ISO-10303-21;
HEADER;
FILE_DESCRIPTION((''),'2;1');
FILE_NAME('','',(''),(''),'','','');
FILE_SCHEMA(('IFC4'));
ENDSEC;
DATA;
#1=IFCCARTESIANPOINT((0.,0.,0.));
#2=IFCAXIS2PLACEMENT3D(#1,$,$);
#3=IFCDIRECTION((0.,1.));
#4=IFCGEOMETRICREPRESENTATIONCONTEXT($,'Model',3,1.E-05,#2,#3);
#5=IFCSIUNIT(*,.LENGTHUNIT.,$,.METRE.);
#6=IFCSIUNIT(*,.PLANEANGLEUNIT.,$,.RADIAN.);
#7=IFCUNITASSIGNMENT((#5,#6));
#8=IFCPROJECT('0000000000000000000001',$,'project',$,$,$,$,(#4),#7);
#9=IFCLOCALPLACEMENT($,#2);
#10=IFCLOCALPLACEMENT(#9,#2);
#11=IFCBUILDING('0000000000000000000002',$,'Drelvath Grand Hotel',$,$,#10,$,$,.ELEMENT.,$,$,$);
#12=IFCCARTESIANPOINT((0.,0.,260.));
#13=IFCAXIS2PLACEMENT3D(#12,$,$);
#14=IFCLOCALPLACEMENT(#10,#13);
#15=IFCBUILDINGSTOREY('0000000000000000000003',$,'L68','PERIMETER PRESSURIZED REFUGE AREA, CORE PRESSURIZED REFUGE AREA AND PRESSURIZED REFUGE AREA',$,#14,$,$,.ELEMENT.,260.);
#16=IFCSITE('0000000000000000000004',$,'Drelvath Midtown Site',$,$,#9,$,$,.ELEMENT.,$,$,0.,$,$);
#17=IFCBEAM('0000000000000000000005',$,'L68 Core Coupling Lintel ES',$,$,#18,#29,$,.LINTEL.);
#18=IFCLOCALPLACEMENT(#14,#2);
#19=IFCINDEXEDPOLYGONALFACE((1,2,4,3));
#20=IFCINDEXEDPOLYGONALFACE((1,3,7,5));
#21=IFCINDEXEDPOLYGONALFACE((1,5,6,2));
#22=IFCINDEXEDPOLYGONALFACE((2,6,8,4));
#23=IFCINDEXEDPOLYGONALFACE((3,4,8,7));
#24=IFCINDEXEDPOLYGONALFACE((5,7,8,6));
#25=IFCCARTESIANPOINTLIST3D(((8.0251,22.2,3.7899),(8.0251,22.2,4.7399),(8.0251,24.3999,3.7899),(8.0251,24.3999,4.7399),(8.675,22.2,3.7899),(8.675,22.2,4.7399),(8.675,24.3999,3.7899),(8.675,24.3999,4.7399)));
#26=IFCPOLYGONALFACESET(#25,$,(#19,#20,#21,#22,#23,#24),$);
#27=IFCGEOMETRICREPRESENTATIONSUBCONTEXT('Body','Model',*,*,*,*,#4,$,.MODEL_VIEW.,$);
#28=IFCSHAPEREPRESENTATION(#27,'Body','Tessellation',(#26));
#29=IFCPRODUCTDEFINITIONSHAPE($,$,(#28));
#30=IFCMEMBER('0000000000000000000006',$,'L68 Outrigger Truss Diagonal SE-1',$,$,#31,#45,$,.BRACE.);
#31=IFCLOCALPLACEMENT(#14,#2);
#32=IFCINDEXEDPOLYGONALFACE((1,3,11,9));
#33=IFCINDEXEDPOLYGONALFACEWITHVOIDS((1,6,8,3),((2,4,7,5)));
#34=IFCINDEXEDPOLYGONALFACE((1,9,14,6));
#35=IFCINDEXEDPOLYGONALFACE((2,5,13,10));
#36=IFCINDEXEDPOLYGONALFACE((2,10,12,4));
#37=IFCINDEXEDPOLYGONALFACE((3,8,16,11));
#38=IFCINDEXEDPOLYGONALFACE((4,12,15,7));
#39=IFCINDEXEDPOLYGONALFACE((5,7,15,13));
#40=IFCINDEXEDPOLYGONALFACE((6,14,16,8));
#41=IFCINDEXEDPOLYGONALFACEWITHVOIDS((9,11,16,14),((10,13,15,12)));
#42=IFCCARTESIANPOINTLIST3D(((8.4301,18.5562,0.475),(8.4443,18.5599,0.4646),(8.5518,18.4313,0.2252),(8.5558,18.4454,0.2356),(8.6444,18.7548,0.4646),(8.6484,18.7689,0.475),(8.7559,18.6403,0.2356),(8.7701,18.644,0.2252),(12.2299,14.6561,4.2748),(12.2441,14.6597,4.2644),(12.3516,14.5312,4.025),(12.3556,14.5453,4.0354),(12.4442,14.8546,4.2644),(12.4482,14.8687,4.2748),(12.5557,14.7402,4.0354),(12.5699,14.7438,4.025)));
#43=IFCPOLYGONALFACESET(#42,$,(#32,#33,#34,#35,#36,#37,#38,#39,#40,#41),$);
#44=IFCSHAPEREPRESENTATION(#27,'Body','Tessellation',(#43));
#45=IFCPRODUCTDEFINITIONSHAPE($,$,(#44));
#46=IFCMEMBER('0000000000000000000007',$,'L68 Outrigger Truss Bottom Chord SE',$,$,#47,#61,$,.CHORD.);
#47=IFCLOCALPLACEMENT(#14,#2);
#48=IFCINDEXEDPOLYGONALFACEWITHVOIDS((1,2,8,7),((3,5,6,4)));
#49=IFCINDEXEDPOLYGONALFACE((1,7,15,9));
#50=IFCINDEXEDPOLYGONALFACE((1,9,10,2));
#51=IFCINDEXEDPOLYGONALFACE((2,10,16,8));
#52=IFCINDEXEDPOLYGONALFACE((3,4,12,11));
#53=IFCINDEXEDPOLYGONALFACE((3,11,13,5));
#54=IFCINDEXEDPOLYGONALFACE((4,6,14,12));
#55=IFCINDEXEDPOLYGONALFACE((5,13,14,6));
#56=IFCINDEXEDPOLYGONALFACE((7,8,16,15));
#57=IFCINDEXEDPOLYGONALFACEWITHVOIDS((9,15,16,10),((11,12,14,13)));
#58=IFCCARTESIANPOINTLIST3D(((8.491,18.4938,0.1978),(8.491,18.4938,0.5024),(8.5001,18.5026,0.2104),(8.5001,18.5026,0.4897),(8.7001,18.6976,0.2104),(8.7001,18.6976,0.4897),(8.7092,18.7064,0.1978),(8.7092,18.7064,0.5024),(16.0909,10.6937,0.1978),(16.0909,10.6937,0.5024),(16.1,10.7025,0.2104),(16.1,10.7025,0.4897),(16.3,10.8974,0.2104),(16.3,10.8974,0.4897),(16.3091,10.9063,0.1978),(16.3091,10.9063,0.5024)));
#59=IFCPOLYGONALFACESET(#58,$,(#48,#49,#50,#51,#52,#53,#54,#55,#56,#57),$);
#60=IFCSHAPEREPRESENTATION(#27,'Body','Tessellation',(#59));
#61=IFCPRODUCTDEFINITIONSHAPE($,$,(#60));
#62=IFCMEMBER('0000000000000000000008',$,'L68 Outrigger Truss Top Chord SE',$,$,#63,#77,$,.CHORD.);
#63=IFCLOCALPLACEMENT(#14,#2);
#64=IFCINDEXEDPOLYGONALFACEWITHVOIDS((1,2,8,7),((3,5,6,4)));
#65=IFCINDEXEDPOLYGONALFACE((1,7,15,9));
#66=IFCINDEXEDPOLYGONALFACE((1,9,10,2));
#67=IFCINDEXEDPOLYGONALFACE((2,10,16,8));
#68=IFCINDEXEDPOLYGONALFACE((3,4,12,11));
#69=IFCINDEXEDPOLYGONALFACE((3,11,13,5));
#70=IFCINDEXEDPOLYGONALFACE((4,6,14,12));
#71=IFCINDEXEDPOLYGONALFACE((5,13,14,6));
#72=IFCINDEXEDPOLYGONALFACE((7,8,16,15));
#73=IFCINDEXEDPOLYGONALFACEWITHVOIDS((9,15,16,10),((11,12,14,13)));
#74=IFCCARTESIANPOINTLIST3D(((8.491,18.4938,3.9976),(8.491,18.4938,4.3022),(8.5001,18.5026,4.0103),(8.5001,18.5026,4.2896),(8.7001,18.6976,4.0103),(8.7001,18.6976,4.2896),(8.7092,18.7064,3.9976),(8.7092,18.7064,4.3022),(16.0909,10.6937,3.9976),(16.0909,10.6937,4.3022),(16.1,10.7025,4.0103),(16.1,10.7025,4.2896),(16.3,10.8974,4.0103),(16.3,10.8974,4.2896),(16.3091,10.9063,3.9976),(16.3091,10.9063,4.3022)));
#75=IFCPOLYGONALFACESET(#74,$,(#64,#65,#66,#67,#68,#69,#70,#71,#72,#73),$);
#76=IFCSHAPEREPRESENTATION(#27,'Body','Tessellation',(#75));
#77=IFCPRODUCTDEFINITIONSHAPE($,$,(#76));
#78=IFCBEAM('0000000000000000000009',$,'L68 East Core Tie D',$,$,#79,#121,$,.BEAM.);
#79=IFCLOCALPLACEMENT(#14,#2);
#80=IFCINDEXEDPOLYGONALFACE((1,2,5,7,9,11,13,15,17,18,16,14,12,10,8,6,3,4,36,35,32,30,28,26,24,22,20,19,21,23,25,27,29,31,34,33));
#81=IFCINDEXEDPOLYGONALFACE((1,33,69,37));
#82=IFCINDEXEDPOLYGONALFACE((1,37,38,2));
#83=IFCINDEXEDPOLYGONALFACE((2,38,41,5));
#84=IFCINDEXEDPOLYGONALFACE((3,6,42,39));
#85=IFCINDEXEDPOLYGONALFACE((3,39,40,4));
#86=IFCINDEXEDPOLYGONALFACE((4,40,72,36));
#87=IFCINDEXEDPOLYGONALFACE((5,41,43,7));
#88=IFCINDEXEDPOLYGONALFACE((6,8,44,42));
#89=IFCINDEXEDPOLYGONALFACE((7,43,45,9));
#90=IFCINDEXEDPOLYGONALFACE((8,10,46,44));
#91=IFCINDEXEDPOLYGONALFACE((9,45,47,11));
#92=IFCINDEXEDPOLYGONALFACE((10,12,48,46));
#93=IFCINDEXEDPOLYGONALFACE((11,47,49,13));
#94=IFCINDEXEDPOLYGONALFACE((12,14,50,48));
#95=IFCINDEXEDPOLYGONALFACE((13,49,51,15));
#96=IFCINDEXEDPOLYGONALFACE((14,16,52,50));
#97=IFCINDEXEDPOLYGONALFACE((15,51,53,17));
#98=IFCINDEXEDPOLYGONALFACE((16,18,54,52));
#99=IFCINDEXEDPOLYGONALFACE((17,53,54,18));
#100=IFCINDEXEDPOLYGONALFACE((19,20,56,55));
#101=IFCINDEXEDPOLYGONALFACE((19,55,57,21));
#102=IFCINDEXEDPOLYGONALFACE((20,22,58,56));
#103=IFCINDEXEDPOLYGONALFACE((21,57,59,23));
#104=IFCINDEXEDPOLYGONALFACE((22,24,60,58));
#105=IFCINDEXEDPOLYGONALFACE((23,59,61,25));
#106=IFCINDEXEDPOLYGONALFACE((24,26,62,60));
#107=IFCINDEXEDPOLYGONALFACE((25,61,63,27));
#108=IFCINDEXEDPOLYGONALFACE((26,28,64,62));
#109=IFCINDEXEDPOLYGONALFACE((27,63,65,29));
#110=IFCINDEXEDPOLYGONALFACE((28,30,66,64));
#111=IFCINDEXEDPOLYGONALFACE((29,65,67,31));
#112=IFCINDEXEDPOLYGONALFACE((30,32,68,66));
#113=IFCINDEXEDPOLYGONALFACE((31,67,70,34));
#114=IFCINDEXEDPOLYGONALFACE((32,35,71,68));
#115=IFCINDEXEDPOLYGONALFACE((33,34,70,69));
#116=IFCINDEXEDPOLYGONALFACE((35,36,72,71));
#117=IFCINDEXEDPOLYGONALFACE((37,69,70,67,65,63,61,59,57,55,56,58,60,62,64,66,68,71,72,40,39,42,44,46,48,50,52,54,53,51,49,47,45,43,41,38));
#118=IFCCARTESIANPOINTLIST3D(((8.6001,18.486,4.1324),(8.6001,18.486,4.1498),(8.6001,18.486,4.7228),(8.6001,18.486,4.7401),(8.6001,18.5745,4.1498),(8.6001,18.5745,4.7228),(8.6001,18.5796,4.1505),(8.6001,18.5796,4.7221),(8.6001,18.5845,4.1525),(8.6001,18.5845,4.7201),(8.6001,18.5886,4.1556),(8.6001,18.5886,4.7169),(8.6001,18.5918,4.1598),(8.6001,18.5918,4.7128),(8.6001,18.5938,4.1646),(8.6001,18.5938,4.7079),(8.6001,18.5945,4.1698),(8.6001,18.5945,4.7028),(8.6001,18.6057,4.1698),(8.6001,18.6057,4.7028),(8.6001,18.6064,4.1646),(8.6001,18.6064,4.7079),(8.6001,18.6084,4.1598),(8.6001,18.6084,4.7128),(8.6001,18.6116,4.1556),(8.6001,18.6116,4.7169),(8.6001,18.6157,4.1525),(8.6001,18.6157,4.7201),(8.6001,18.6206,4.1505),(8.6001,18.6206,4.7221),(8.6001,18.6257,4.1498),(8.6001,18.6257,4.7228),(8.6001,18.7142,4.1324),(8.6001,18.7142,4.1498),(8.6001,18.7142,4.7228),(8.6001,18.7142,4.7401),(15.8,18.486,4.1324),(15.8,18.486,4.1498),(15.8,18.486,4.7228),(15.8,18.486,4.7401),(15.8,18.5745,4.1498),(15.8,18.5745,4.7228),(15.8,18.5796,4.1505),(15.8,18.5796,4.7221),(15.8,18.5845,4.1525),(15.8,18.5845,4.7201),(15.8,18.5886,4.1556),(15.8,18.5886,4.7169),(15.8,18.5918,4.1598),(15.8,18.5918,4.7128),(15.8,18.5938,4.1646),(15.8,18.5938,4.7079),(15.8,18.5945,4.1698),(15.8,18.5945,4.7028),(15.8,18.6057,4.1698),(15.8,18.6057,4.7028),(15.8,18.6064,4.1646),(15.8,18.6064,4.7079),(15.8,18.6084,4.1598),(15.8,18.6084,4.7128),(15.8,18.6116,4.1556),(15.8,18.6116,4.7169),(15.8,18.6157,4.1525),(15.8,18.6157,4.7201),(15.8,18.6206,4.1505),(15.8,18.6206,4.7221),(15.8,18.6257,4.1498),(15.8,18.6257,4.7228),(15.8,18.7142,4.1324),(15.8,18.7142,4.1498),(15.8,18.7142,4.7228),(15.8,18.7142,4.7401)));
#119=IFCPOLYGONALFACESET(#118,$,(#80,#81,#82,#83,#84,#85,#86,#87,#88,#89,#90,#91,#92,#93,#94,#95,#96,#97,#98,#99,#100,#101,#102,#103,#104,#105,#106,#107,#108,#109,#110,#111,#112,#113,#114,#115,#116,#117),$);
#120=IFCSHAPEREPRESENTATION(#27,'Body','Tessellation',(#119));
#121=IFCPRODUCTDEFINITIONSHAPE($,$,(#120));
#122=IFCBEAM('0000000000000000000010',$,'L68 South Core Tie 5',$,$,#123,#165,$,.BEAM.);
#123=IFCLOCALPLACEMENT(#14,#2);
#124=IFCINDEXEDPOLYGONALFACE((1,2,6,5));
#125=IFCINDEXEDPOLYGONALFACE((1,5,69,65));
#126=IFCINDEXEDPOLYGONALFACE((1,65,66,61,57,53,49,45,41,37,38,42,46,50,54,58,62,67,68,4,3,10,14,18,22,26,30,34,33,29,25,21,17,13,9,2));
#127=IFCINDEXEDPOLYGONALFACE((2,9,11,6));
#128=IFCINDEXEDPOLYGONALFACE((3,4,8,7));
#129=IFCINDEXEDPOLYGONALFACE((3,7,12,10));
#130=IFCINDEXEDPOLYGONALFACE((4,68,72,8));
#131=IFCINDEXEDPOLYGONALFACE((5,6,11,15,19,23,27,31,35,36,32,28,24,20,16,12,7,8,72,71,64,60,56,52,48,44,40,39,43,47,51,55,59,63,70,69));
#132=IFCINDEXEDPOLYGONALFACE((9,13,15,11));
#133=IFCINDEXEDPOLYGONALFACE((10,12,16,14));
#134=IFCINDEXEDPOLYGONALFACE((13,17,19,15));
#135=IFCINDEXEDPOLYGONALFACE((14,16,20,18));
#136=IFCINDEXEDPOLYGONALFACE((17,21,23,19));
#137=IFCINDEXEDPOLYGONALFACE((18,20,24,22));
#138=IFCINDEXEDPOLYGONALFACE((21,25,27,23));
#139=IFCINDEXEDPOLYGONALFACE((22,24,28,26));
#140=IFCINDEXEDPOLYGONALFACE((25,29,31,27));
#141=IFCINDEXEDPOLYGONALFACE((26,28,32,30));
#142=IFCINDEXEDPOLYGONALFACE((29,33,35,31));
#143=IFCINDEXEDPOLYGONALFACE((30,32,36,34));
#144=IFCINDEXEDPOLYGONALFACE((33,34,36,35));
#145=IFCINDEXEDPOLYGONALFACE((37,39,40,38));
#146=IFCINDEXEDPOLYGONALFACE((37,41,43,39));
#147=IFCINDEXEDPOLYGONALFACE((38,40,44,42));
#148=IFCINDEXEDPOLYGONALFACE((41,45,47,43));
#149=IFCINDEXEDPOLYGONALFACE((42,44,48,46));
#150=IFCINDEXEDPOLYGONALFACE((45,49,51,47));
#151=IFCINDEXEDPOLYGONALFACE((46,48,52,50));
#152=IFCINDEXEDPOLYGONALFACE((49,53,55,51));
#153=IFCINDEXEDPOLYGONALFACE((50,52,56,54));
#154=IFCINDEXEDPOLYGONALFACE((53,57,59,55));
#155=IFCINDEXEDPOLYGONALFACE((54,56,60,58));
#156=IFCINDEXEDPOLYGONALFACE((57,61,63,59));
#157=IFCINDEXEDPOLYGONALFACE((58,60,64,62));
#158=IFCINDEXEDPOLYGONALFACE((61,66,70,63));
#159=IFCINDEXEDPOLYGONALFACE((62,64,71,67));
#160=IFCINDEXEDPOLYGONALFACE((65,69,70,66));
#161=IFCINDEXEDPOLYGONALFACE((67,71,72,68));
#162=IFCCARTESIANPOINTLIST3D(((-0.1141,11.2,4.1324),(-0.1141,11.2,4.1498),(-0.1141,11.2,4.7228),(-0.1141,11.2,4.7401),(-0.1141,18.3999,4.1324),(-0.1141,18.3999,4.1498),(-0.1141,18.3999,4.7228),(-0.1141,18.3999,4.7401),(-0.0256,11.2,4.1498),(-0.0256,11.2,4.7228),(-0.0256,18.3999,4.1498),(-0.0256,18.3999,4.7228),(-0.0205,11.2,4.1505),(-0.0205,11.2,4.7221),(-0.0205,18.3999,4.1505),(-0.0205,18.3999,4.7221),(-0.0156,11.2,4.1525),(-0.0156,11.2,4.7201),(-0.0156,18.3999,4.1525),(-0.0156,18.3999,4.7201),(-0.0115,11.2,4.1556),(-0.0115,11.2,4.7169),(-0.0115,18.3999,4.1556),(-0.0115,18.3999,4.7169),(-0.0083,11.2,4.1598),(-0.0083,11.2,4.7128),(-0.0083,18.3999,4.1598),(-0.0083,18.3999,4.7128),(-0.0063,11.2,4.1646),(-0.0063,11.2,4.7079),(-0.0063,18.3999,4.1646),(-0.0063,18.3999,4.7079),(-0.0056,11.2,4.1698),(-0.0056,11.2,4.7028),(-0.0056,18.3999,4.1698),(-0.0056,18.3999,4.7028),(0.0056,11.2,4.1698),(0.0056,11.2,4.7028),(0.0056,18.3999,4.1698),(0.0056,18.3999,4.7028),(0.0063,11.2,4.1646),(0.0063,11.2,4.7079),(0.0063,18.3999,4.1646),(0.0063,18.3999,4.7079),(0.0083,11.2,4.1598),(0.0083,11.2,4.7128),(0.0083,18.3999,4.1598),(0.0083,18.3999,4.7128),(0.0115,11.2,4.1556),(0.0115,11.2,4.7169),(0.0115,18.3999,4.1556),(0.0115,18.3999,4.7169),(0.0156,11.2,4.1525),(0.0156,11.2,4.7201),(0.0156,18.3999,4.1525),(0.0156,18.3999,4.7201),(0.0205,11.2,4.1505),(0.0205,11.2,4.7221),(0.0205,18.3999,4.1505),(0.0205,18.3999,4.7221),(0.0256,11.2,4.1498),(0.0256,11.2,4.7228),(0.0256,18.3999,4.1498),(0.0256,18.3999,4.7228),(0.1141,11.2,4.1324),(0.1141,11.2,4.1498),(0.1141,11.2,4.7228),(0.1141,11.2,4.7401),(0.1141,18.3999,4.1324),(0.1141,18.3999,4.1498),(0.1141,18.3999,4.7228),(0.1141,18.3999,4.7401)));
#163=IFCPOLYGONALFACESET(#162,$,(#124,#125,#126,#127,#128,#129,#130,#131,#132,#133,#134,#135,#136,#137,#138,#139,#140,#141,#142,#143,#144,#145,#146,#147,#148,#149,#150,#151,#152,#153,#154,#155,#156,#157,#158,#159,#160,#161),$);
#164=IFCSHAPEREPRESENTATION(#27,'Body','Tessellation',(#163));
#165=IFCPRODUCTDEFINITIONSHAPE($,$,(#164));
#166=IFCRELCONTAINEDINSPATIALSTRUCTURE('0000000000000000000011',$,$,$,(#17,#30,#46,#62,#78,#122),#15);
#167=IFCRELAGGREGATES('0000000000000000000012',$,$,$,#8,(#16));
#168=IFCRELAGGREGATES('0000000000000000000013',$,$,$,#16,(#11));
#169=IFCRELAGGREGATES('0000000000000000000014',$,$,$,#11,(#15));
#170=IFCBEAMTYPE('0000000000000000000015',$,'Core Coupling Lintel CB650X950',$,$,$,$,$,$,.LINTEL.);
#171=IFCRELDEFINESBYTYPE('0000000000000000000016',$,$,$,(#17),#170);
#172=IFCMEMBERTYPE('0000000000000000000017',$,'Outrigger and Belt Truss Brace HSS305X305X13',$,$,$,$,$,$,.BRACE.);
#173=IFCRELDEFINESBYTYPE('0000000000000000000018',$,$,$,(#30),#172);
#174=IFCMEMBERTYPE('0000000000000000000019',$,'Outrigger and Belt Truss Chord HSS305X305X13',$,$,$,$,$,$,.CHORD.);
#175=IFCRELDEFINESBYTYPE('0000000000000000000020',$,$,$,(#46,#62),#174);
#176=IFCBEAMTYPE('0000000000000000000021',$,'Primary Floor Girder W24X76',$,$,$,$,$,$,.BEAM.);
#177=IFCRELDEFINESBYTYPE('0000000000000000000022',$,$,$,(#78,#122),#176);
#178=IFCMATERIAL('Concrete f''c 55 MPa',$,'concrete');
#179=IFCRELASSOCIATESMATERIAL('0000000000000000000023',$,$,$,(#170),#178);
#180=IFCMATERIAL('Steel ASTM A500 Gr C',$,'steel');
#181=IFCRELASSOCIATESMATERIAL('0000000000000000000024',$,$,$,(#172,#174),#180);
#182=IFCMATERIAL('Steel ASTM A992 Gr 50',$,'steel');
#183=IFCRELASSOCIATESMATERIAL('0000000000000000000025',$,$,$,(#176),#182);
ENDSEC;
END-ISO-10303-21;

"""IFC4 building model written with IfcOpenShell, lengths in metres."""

from ifc_helpers import new_model, si_unit, direction, frame, origin, origin_2d, place, context, subcontext, project, spatial, rectangle, hollow_rectangle, i_section, extrude, material, material_profile, profile_set, type_object, element, save


model = new_model("IFC4")

# Units and contexts
model_context = context("Model", 3, precision=1e-05, world=origin(), true_north=direction((0.0, 1.0)))
body_context = subcontext(model_context, "Body", "Model", "MODEL_VIEW")
ifc_project = project(units=[si_unit("LENGTHUNIT", "METRE"), si_unit("PLANEANGLEUNIT", "RADIAN")], contexts=[model_context])

# Site, building, storey
site_placement = place(None, origin())
site = spatial("IfcSite", under=ifc_project, at=site_placement, Name="Drelvath Midtown Site", CompositionType="ELEMENT", RefElevation=0.0)
building_placement = place(site_placement, origin())
building = spatial("IfcBuilding", under=site, at=building_placement, Name="Drelvath Grand Hotel", CompositionType="ELEMENT")
storey_placement = place(building_placement, frame((0.0, 0.0, 260.0)))
storey = spatial("IfcBuildingStorey", under=building, at=storey_placement, Name="L68", Description="PERIMETER PRESSURIZED REFUGE AREA, CORE PRESSURIZED REFUGE AREA AND PRESSURIZED REFUGE AREA", CompositionType="ELEMENT", Elevation=260.0)

# Beam
ifc_material_1 = material(Name="Concrete f'c 55 MPa", Category="concrete")
ifc_material_profile_1 = material_profile(ifc_material_1, rectangle(XDim=0.6499, YDim=0.95, at=origin_2d()), Name="CB650X950")
ifc_profile_set_1 = profile_set([ifc_material_profile_1], Name="Concrete f'c 55 MPa")
beam_type_1 = type_object("IfcBeamType", Name="Core Coupling Lintel CB650X950", PredefinedType="LINTEL", material=ifc_profile_set_1)
beam_placement = place(storey_placement, frame((8.3501, 22.2, 4.2649), z_axis=(0.0, 1.0, 0.0), x_axis=(-1.0, 0.0, 0.0)))
element("IfcBeam", 1, at=beam_placement, inside=storey, type_object=beam_type_1, Name="L68 Core Coupling Lintel ES", PredefinedType="LINTEL", context=body_context, shape_type="SweptSolid", body=[
    extrude(rectangle(XDim=0.6499, YDim=0.95, at=origin_2d()), origin(), (0.0, 0.0, 1.0), 2.2),
])

# Members
ifc_material_2 = material(Name="Steel ASTM A500 Gr C", Category="steel")
ifc_material_profile_2 = material_profile(ifc_material_2, hollow_rectangle(XDim=0.3047, YDim=0.3047, WallThickness=0.0127, at=origin_2d()), Name="HSS305X305X13")
ifc_profile_set_2 = profile_set([ifc_material_profile_2], Name="Steel ASTM A500 Gr C")
member_type_1 = type_object("IfcMemberType", Name="Outrigger and Belt Truss Brace HSS305X305X13", PredefinedType="BRACE", material=ifc_profile_set_2)
member_placement = place(storey_placement, frame((8.6001, 18.6001, 0.3501), z_axis=(0.572269, -0.587381, 0.572269), x_axis=(0.716261, 0.697833, 0.0)))
element("IfcMember", 2, at=member_placement, inside=storey, type_object=member_type_1, Name="L68 Outrigger Truss Diagonal SE-1", PredefinedType="BRACE", context=body_context, shape_type="SweptSolid", body=[
    extrude(hollow_rectangle(XDim=0.3047, YDim=0.3047, WallThickness=0.0127, at=origin_2d()), origin(), (0.0, 0.0, 1.0), 6.6399),
])
ifc_material_profile_3 = material_profile(ifc_material_2, hollow_rectangle(XDim=0.3047, YDim=0.3047, WallThickness=0.0127, at=origin_2d()), Name="HSS305X305X13")
ifc_profile_set_3 = profile_set([ifc_material_profile_3], Name="Steel ASTM A500 Gr C")
member_type_2 = type_object("IfcMemberType", Name="Outrigger and Belt Truss Chord HSS305X305X13", PredefinedType="CHORD", material=ifc_profile_set_3)
for number, where, z_axis, x_axis, name in (
    (3, (8.6001, 18.6001, 0.3501), (0.697856, -0.716238, 0.0), (0.716238, 0.697856, 0.0), "L68 Outrigger Truss Bottom Chord SE"),
    (4, (8.6001, 18.6001, 4.1499), (0.697856, -0.716238, 0.0), (0.716238, 0.697856, 0.0), "L68 Outrigger Truss Top Chord SE"),
):
    element("IfcMember", number, at=place(storey_placement, frame(where, z_axis=z_axis, x_axis=x_axis)), inside=storey, type_object=member_type_2, Name=name, PredefinedType="CHORD", context=body_context, shape_type="SweptSolid", body=[
        extrude(hollow_rectangle(XDim=0.3047, YDim=0.3047, WallThickness=0.0127, at=origin_2d()), origin(), (0.0, 0.0, 1.0), 10.8904),
    ])

# Beams
ifc_material_3 = material(Name="Steel ASTM A992 Gr 50", Category="steel")
ifc_material_profile_4 = material_profile(ifc_material_3, i_section(OverallWidth=0.2283, OverallDepth=0.6077, WebThickness=0.0112, FlangeThickness=0.0173, FilletRadius=0.02, at=origin_2d()), Name="W24X76")
ifc_profile_set_4 = profile_set([ifc_material_profile_4], Name="Steel ASTM A992 Gr 50")
beam_type_2 = type_object("IfcBeamType", Name="Primary Floor Girder W24X76", PredefinedType="BEAM", material=ifc_profile_set_4)
for number, where, z_axis, x_axis, name in (
    (5, (8.6001, 18.6001, 4.4363), (1.0, 0.0, 0.0), (0.0, 1.0, 0.0), "L68 East Core Tie D"),
    (6, (0.0, 11.2, 4.4363), (0.0, 1.0, 0.0), (-1.0, 0.0, 0.0), "L68 South Core Tie 5"),
):
    element("IfcBeam", number, at=place(storey_placement, frame(where, z_axis=z_axis, x_axis=x_axis)), inside=storey, type_object=beam_type_2, Name=name, PredefinedType="BEAM", context=body_context, shape_type="SweptSolid", body=[
        extrude(i_section(OverallWidth=0.2283, OverallDepth=0.6077, WebThickness=0.0112, FlangeThickness=0.0173, FilletRadius=0.02, at=origin_2d()), origin(), (0.0, 0.0, 1.0), 7.2),
    ])

save(model, "model.ifc")
